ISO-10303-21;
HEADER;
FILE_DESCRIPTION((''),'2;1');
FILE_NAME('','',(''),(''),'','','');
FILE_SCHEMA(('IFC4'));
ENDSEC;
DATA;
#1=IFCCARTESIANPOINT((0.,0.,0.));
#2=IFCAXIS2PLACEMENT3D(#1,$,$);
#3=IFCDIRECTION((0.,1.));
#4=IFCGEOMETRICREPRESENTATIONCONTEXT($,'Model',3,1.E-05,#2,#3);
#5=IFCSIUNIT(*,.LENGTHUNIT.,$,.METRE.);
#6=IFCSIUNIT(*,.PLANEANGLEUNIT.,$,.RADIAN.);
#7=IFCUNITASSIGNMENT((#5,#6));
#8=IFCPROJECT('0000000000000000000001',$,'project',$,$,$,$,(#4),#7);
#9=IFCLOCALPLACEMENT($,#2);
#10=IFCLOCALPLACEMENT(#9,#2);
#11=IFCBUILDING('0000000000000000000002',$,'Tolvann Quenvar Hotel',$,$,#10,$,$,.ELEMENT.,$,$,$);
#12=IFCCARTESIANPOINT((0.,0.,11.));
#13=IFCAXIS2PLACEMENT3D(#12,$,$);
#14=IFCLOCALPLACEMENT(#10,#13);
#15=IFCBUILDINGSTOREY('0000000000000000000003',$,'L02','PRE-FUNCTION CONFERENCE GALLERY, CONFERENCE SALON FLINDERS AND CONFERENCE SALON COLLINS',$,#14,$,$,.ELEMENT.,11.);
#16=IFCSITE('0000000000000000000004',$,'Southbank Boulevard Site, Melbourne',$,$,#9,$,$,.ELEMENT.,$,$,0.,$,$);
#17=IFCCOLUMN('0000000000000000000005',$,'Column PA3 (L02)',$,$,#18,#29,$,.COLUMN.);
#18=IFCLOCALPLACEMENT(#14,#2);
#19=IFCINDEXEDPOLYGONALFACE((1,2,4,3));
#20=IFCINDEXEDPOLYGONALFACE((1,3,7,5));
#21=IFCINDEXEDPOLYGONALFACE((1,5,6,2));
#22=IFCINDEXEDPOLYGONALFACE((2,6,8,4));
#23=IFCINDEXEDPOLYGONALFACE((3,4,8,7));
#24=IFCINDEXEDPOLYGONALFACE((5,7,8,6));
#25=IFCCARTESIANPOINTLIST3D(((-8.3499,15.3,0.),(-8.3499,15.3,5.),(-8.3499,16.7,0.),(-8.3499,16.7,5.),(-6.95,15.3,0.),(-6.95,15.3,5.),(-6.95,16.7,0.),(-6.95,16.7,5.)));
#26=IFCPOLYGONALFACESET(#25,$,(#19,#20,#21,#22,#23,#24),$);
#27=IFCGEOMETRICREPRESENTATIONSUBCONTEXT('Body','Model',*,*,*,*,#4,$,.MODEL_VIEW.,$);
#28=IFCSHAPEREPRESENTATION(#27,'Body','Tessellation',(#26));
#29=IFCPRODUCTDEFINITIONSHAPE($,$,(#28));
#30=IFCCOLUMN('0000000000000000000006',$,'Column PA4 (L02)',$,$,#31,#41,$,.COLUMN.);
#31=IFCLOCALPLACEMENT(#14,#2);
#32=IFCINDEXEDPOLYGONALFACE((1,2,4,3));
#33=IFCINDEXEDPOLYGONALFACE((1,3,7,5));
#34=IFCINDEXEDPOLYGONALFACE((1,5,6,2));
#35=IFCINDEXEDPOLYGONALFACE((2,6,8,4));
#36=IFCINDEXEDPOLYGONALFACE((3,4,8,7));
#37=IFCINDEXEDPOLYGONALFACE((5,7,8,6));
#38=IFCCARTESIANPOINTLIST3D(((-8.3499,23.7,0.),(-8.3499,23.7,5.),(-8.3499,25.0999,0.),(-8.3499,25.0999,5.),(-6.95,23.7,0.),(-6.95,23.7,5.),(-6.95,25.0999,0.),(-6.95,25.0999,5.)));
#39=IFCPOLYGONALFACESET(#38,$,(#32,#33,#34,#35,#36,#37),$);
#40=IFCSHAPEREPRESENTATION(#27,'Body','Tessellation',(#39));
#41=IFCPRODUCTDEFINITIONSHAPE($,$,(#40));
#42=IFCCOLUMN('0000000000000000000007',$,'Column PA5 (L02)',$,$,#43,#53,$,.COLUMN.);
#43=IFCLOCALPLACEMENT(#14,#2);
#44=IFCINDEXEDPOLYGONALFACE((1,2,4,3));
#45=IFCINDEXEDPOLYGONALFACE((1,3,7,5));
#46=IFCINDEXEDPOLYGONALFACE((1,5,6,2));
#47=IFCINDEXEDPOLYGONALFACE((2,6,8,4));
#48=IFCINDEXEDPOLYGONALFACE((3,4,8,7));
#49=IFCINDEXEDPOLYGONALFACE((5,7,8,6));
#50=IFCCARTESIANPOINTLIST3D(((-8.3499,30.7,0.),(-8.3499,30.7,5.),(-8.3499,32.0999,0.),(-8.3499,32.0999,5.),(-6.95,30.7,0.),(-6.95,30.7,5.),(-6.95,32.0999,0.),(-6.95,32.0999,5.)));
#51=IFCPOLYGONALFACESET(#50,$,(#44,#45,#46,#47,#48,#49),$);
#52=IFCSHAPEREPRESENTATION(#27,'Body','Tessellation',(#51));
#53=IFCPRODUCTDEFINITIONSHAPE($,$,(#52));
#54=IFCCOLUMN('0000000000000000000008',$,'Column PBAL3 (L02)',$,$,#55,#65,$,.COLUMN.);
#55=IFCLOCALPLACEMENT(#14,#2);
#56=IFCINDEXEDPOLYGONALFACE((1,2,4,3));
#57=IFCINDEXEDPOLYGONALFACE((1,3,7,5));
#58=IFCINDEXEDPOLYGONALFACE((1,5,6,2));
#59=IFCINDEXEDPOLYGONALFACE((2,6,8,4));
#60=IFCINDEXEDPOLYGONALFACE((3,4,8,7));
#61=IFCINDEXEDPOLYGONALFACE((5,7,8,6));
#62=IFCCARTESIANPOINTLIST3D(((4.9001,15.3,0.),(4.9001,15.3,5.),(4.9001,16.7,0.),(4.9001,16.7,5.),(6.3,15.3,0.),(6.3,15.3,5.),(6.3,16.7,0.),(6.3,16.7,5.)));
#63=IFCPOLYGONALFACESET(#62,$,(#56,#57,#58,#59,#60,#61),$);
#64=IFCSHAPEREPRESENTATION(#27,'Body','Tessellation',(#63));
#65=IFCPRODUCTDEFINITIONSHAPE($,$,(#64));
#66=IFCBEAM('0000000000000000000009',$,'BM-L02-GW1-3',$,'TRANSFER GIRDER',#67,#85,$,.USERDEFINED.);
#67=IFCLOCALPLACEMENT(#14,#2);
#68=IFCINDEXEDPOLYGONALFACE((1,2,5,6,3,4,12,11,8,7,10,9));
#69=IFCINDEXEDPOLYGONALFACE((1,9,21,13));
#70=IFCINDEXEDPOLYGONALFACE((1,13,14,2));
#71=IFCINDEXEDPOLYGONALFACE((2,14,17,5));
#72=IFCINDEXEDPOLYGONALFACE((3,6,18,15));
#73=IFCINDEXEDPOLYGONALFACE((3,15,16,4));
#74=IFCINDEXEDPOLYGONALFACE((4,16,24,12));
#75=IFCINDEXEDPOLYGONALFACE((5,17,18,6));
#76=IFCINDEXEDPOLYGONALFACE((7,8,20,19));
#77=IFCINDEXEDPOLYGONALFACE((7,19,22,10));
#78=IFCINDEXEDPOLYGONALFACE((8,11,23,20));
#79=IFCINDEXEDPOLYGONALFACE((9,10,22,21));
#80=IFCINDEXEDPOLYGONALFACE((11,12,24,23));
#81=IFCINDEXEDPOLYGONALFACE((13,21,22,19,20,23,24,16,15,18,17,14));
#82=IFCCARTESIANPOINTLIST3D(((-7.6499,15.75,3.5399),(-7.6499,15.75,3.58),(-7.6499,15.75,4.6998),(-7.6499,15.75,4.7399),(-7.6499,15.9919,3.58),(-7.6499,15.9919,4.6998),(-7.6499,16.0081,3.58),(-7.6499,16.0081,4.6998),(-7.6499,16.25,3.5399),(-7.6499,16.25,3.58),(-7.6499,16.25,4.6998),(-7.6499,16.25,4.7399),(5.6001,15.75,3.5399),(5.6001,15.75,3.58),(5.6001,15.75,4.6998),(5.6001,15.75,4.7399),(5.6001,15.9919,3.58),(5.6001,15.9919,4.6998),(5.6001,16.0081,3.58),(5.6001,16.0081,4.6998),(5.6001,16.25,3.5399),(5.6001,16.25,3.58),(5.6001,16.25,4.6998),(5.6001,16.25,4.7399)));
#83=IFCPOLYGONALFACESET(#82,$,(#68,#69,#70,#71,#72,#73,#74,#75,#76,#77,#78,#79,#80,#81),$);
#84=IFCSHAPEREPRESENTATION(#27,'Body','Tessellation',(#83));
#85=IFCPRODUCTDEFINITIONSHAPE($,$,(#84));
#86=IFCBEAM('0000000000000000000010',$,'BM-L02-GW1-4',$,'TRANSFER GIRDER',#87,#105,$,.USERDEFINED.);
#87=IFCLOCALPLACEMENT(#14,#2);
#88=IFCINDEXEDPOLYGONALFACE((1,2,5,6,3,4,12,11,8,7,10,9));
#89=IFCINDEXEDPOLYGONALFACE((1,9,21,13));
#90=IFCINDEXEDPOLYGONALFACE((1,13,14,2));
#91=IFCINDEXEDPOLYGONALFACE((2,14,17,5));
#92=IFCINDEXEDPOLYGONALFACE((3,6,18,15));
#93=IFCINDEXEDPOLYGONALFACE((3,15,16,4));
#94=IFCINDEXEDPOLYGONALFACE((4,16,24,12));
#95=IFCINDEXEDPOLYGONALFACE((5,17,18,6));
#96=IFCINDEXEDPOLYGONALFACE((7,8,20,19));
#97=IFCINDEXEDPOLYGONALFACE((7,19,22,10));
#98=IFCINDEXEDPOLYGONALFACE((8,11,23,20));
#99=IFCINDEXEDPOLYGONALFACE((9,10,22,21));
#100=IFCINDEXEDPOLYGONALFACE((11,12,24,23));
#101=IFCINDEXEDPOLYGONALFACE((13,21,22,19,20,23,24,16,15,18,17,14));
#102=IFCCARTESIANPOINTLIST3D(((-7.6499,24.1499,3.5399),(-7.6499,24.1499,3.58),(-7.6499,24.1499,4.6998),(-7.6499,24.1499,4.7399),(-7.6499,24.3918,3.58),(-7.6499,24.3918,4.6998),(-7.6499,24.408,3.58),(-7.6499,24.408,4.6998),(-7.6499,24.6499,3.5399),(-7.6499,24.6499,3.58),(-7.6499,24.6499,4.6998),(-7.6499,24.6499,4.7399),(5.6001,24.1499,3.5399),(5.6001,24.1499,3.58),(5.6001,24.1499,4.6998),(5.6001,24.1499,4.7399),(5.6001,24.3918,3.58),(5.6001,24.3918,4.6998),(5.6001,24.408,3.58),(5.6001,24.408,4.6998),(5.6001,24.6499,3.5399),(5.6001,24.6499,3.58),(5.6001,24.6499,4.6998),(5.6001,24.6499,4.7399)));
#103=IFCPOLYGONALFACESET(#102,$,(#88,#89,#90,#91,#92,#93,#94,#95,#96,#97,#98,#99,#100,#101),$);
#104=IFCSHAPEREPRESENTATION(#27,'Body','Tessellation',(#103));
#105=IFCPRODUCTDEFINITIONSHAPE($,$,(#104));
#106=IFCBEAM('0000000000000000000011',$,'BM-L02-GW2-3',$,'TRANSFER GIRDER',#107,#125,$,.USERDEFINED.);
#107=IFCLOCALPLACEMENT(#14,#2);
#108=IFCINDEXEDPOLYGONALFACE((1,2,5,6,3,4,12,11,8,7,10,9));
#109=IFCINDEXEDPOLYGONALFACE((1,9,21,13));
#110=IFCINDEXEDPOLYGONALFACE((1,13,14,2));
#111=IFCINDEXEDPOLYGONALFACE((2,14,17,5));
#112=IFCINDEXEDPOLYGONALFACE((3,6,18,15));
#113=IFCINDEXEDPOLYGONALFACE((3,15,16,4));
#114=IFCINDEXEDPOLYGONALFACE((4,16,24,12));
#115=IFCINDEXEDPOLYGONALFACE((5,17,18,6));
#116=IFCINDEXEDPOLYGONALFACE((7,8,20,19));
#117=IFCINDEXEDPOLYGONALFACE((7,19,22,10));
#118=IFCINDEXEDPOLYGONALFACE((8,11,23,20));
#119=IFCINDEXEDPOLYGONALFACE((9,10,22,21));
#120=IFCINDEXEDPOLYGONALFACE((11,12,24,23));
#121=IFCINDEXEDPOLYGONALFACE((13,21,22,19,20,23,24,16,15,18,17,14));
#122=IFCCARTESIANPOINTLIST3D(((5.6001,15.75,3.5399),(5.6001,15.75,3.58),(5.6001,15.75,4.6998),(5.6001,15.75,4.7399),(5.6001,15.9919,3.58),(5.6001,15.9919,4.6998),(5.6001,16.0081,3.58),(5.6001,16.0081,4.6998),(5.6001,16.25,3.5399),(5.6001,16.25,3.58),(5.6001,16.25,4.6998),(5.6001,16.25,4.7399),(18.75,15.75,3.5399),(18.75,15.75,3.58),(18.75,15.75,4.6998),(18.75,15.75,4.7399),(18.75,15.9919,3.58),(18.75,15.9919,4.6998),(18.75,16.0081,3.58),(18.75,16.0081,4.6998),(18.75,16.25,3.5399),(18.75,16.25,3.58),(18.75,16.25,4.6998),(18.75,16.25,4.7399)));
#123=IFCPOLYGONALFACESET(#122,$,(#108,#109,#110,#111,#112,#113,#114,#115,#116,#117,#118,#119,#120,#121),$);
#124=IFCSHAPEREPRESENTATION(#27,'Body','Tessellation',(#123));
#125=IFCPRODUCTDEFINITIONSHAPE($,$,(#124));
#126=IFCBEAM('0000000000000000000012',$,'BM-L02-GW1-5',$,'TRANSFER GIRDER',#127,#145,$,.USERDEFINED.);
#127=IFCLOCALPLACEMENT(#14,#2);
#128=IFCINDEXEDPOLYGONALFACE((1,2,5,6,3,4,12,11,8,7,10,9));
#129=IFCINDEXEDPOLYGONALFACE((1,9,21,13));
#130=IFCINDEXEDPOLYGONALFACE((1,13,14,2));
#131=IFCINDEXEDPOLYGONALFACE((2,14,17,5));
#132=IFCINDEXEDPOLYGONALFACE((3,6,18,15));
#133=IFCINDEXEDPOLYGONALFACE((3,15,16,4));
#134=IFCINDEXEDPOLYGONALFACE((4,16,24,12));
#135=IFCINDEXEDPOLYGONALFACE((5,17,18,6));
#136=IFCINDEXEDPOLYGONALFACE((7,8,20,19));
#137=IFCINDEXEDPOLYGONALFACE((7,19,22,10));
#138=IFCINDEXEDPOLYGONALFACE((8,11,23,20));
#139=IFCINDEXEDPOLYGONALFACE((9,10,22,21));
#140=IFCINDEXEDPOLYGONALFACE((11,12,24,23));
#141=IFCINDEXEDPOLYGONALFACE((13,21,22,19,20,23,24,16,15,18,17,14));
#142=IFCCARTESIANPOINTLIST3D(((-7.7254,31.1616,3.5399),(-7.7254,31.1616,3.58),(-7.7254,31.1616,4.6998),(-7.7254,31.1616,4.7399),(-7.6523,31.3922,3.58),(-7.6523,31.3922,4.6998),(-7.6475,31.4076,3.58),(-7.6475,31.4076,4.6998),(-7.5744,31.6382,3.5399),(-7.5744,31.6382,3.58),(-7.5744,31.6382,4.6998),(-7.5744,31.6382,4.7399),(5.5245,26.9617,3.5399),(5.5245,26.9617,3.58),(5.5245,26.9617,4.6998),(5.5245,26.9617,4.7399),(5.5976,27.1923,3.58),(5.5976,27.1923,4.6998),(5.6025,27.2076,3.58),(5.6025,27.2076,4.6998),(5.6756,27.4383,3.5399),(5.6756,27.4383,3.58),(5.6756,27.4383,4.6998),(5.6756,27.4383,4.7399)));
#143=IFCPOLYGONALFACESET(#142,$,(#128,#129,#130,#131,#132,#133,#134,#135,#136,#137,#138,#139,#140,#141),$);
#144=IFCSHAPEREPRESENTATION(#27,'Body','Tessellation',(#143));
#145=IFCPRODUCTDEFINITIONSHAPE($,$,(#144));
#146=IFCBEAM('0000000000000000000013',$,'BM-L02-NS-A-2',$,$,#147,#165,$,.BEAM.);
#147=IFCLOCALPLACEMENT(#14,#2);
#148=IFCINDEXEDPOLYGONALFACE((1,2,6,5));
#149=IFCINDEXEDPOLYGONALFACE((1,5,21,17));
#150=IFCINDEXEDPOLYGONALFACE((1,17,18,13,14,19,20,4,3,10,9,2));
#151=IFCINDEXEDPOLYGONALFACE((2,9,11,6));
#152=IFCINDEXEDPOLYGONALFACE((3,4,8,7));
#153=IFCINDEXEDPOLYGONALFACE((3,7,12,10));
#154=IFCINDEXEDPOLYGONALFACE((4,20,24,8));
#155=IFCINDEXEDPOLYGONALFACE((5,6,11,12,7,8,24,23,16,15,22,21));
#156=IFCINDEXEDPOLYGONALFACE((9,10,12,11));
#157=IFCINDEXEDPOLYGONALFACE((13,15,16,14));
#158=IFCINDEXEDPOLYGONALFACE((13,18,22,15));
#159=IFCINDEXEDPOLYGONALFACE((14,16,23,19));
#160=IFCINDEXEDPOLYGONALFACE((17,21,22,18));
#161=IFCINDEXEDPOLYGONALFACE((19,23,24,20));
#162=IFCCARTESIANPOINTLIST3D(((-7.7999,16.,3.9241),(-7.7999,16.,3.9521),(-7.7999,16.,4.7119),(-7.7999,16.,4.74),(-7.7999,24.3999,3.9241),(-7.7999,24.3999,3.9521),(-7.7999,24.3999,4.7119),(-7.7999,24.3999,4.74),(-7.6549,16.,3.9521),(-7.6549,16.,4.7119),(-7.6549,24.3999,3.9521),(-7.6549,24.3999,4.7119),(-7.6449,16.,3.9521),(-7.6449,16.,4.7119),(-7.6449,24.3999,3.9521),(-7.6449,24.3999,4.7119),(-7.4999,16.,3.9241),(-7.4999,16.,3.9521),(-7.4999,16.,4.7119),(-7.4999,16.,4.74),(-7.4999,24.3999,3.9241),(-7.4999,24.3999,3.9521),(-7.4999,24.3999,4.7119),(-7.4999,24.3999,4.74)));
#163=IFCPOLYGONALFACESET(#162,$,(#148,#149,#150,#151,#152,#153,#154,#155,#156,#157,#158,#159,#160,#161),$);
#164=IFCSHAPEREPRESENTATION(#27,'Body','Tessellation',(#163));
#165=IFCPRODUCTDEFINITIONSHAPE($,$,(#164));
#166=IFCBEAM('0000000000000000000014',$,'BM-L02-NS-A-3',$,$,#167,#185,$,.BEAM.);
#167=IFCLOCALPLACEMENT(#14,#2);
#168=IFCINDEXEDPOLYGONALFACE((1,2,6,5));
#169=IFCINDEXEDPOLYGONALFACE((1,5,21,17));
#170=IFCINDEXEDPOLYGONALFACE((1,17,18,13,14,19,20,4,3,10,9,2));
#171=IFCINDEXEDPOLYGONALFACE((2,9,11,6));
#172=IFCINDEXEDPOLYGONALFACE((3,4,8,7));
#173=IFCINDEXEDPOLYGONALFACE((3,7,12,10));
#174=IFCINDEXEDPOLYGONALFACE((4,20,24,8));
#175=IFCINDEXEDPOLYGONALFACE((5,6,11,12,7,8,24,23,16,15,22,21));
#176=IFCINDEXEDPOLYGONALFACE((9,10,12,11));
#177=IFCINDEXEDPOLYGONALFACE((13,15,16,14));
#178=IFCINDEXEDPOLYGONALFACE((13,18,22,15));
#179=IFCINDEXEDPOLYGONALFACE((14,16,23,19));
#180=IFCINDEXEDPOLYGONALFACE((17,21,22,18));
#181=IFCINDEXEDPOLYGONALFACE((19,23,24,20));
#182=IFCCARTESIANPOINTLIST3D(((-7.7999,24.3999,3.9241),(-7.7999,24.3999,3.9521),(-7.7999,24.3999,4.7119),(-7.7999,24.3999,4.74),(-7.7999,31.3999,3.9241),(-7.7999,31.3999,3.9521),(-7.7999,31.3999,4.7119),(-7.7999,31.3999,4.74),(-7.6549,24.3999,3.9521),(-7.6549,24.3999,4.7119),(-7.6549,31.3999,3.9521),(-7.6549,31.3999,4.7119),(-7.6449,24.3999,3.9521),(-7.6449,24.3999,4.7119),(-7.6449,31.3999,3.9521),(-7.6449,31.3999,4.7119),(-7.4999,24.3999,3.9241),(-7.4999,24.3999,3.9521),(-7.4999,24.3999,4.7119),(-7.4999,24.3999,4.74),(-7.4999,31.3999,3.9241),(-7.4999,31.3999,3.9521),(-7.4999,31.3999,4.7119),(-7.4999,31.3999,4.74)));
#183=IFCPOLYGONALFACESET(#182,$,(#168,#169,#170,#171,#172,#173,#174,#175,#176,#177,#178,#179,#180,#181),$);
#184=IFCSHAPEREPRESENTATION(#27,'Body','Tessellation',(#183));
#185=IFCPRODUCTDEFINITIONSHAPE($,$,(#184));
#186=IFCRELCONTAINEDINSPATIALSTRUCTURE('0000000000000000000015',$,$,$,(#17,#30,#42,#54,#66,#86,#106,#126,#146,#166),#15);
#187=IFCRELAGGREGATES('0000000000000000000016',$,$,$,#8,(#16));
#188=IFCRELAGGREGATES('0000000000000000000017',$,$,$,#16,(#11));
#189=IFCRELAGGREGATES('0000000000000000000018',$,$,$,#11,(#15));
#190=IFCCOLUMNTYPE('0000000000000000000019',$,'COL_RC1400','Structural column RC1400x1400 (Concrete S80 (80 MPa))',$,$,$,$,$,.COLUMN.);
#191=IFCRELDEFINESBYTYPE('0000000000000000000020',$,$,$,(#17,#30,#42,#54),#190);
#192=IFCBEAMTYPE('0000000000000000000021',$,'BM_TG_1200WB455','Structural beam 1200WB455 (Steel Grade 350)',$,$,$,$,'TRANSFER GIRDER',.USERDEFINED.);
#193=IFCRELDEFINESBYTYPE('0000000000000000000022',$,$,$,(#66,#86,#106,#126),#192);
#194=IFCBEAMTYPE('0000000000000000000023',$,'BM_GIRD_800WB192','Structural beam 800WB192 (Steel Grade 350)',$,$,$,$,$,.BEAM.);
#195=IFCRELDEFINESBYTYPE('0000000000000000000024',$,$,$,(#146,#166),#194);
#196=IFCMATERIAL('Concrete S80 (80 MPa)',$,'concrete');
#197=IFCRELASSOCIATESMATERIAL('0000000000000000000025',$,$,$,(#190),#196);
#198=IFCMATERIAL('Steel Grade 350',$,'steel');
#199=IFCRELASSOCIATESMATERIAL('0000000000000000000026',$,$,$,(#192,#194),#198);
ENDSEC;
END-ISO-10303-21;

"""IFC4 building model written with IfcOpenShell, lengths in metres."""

from ifc_helpers import new_model, si_unit, direction, frame, origin, origin_2d, place, context, subcontext, project, spatial, rectangle, i_section, extrude, source, transform, mapped, material, material_profile, profile_set, type_object, type_shapes, element, save


model = new_model("IFC4")

# Units and contexts
model_context = context("Model", 3, precision=1e-05, world=origin(), true_north=direction((0.0, 1.0)))
body_context = subcontext(model_context, "Body", "Model", "MODEL_VIEW")
ifc_project = project(units=[si_unit("LENGTHUNIT", "METRE"), si_unit("PLANEANGLEUNIT", "RADIAN")], contexts=[model_context])

# Site, building, storey
site_placement = place(None, origin())
site = spatial("IfcSite", under=ifc_project, at=site_placement, Name="Southbank Boulevard Site, Melbourne", CompositionType="ELEMENT", RefElevation=0.0)
building_placement = place(site_placement, origin())
building = spatial("IfcBuilding", under=site, at=building_placement, Name="Tolvann Quenvar Hotel", CompositionType="ELEMENT")
storey_placement = place(building_placement, frame((0.0, 0.0, 11.0)))
storey = spatial("IfcBuildingStorey", under=building, at=storey_placement, Name="L02", Description="PRE-FUNCTION CONFERENCE GALLERY, CONFERENCE SALON FLINDERS AND CONFERENCE SALON COLLINS", CompositionType="ELEMENT", Elevation=11.0)

# Columns
ifc_material_1 = material(Name="Concrete S80 (80 MPa)", Category="concrete")
ifc_material_profile_1 = material_profile(ifc_material_1, rectangle(XDim=1.3999, YDim=1.3999, at=origin_2d()), Name="RC1400x1400")
ifc_profile_set_1 = profile_set([ifc_material_profile_1], Name="Concrete S80 (80 MPa)")
column_type = type_object("IfcColumnType", Name="COL_RC1400", Description="Structural column RC1400x1400 (Concrete S80 (80 MPa))", PredefinedType="COLUMN", material=ifc_profile_set_1)
shared_shape_1 = source(origin(), body_context, "Body", "SweptSolid", [
    extrude(rectangle(XDim=1.3999, YDim=1.3999, at=origin_2d()), origin(), (0.0, 0.0, 1.0), 5.0),
])
type_shapes(column_type, [shared_shape_1])
for number, where, z_axis, x_axis, name in (
    (1, (-7.6499, 16.0, 0.0), (0.0, 0.0, 1.0), (1.0, 0.0, 0.0), "Column PA3 (L02)"),
    (2, (-7.6499, 24.3999, 0.0), (0.0, 0.0, 1.0), (1.0, 0.0, 0.0), "Column PA4 (L02)"),
    (3, (-7.6499, 31.3999, 0.0), (0.0, 0.0, 1.0), (1.0, 0.0, 0.0), "Column PA5 (L02)"),
    (4, (5.6001, 16.0, 0.0), (0.0, 0.0, 1.0), (1.0, 0.0, 0.0), "Column PBAL3 (L02)"),
):
    element("IfcColumn", number, at=place(storey_placement, frame(where, z_axis=z_axis, x_axis=x_axis)), inside=storey, type_object=column_type, Name=name, PredefinedType="COLUMN", context=body_context, shape_type="MappedRepresentation", body=[
        mapped(shared_shape_1, transform((0.0, 0.0, 0.0), x_axis=(1.0, 0.0, 0.0), y_axis=(0.0, 1.0, 0.0), z_axis=(0.0, 0.0, 1.0), scale=1.0)),
    ])

# Beams
ifc_material_2 = material(Name="Steel Grade 350", Category="steel")
ifc_material_profile_2 = material_profile(ifc_material_2, i_section(OverallWidth=0.5, OverallDepth=1.2, WebThickness=0.0161, FlangeThickness=0.04, at=origin_2d()), Name="1200WB455")
ifc_profile_set_2 = profile_set([ifc_material_profile_2], Name="Steel Grade 350")
beam_type_1 = type_object("IfcBeamType", Name="BM_TG_1200WB455", Description="Structural beam 1200WB455 (Steel Grade 350)", ElementType="TRANSFER GIRDER", PredefinedType="USERDEFINED", material=ifc_profile_set_2)
shared_shape_2 = source(origin(), body_context, "Body", "SweptSolid", [
    extrude(i_section(OverallWidth=0.5, OverallDepth=1.2, WebThickness=0.0161, FlangeThickness=0.04, at=origin_2d()), origin(), (0.0, 0.0, 1.0), 13.25),
])
for number, where, z_axis, x_axis, name in (
    (5, (-7.6499, 16.0, 4.1399), (1.0, 0.0, 0.0), (0.0, 1.0, 0.0), "BM-L02-GW1-3"),
    (6, (-7.6499, 24.3999, 4.1399), (1.0, 0.0, 0.0), (0.0, 1.0, 0.0), "BM-L02-GW1-4"),
):
    element("IfcBeam", number, at=place(storey_placement, frame(where, z_axis=z_axis, x_axis=x_axis)), inside=storey, type_object=beam_type_1, Name=name, ObjectType="TRANSFER GIRDER", PredefinedType="USERDEFINED", context=body_context, shape_type="MappedRepresentation", body=[
        mapped(shared_shape_2, transform((0.0, 0.0, 0.0), x_axis=(1.0, 0.0, 0.0), y_axis=(0.0, 1.0, 0.0), z_axis=(0.0, 0.0, 1.0), scale=1.0)),
    ])
shared_shape_3 = source(origin(), body_context, "Body", "SweptSolid", [
    extrude(i_section(OverallWidth=0.5, OverallDepth=1.2, WebThickness=0.0161, FlangeThickness=0.04, at=origin_2d()), origin(), (0.0, 0.0, 1.0), 13.1499),
])
beam_1_placement = place(storey_placement, frame((5.6001, 16.0, 4.1399), z_axis=(1.0, 0.0, 0.0), x_axis=(0.0, 1.0, 0.0)))
element("IfcBeam", 7, at=beam_1_placement, inside=storey, type_object=beam_type_1, Name="BM-L02-GW2-3", ObjectType="TRANSFER GIRDER", PredefinedType="USERDEFINED", context=body_context, shape_type="MappedRepresentation", body=[
    mapped(shared_shape_3, transform((0.0, 0.0, 0.0), x_axis=(1.0, 0.0, 0.0), y_axis=(0.0, 1.0, 0.0), z_axis=(0.0, 0.0, 1.0), scale=1.0)),
])
shared_shape_4 = source(origin(), body_context, "Body", "SweptSolid", [
    extrude(i_section(OverallWidth=0.5, OverallDepth=1.2, WebThickness=0.0161, FlangeThickness=0.04, at=origin_2d()), origin(), (0.0, 0.0, 1.0), 13.8997),
])
type_shapes(beam_type_1, [shared_shape_2, shared_shape_3, shared_shape_4])
beam_2_placement = place(storey_placement, frame((-7.6499, 31.3999, 4.1399), z_axis=(0.953257, -0.302161, 0.0), x_axis=(0.302161, 0.953257, 0.0)))
element("IfcBeam", 8, at=beam_2_placement, inside=storey, type_object=beam_type_1, Name="BM-L02-GW1-5", ObjectType="TRANSFER GIRDER", PredefinedType="USERDEFINED", context=body_context, shape_type="MappedRepresentation", body=[
    mapped(shared_shape_4, transform((0.0, 0.0, 0.0), x_axis=(1.0, 0.0, 0.0), y_axis=(0.0, 1.0, 0.0), z_axis=(0.0, 0.0, 1.0), scale=1.0)),
])
ifc_material_profile_3 = material_profile(ifc_material_2, i_section(OverallWidth=0.3, OverallDepth=0.8159, WebThickness=0.01, FlangeThickness=0.0281, at=origin_2d()), Name="800WB192")
ifc_profile_set_3 = profile_set([ifc_material_profile_3], Name="Steel Grade 350")
beam_type_2 = type_object("IfcBeamType", Name="BM_GIRD_800WB192", Description="Structural beam 800WB192 (Steel Grade 350)", PredefinedType="BEAM", material=ifc_profile_set_3)
shared_shape_5 = source(origin(), body_context, "Body", "SweptSolid", [
    extrude(i_section(OverallWidth=0.3, OverallDepth=0.8159, WebThickness=0.01, FlangeThickness=0.0281, at=origin_2d()), origin(), (0.0, 0.0, 1.0), 8.3999),
])
beam_3_placement = place(storey_placement, frame((-7.6499, 16.0, 4.332), z_axis=(0.0, 1.0, 0.0), x_axis=(-1.0, 0.0, 0.0)))
element("IfcBeam", 9, at=beam_3_placement, inside=storey, type_object=beam_type_2, Name="BM-L02-NS-A-2", PredefinedType="BEAM", context=body_context, shape_type="MappedRepresentation", body=[
    mapped(shared_shape_5, transform((0.0, 0.0, 0.0), x_axis=(1.0, 0.0, 0.0), y_axis=(0.0, 1.0, 0.0), z_axis=(0.0, 0.0, 1.0), scale=1.0)),
])
shared_shape_6 = source(origin(), body_context, "Body", "SweptSolid", [
    extrude(i_section(OverallWidth=0.3, OverallDepth=0.8159, WebThickness=0.01, FlangeThickness=0.0281, at=origin_2d()), origin(), (0.0, 0.0, 1.0), 7.0),
])
beam_4_placement = place(storey_placement, frame((-7.6499, 24.3999, 4.332), z_axis=(0.0, 1.0, 0.0), x_axis=(-1.0, 0.0, 0.0)))
element("IfcBeam", 10, at=beam_4_placement, inside=storey, type_object=beam_type_2, Name="BM-L02-NS-A-3", PredefinedType="BEAM", context=body_context, shape_type="MappedRepresentation", body=[
    mapped(shared_shape_6, transform((0.0, 0.0, 0.0), x_axis=(1.0, 0.0, 0.0), y_axis=(0.0, 1.0, 0.0), z_axis=(0.0, 0.0, 1.0), scale=1.0)),
])

save(model, "model.ifc")
